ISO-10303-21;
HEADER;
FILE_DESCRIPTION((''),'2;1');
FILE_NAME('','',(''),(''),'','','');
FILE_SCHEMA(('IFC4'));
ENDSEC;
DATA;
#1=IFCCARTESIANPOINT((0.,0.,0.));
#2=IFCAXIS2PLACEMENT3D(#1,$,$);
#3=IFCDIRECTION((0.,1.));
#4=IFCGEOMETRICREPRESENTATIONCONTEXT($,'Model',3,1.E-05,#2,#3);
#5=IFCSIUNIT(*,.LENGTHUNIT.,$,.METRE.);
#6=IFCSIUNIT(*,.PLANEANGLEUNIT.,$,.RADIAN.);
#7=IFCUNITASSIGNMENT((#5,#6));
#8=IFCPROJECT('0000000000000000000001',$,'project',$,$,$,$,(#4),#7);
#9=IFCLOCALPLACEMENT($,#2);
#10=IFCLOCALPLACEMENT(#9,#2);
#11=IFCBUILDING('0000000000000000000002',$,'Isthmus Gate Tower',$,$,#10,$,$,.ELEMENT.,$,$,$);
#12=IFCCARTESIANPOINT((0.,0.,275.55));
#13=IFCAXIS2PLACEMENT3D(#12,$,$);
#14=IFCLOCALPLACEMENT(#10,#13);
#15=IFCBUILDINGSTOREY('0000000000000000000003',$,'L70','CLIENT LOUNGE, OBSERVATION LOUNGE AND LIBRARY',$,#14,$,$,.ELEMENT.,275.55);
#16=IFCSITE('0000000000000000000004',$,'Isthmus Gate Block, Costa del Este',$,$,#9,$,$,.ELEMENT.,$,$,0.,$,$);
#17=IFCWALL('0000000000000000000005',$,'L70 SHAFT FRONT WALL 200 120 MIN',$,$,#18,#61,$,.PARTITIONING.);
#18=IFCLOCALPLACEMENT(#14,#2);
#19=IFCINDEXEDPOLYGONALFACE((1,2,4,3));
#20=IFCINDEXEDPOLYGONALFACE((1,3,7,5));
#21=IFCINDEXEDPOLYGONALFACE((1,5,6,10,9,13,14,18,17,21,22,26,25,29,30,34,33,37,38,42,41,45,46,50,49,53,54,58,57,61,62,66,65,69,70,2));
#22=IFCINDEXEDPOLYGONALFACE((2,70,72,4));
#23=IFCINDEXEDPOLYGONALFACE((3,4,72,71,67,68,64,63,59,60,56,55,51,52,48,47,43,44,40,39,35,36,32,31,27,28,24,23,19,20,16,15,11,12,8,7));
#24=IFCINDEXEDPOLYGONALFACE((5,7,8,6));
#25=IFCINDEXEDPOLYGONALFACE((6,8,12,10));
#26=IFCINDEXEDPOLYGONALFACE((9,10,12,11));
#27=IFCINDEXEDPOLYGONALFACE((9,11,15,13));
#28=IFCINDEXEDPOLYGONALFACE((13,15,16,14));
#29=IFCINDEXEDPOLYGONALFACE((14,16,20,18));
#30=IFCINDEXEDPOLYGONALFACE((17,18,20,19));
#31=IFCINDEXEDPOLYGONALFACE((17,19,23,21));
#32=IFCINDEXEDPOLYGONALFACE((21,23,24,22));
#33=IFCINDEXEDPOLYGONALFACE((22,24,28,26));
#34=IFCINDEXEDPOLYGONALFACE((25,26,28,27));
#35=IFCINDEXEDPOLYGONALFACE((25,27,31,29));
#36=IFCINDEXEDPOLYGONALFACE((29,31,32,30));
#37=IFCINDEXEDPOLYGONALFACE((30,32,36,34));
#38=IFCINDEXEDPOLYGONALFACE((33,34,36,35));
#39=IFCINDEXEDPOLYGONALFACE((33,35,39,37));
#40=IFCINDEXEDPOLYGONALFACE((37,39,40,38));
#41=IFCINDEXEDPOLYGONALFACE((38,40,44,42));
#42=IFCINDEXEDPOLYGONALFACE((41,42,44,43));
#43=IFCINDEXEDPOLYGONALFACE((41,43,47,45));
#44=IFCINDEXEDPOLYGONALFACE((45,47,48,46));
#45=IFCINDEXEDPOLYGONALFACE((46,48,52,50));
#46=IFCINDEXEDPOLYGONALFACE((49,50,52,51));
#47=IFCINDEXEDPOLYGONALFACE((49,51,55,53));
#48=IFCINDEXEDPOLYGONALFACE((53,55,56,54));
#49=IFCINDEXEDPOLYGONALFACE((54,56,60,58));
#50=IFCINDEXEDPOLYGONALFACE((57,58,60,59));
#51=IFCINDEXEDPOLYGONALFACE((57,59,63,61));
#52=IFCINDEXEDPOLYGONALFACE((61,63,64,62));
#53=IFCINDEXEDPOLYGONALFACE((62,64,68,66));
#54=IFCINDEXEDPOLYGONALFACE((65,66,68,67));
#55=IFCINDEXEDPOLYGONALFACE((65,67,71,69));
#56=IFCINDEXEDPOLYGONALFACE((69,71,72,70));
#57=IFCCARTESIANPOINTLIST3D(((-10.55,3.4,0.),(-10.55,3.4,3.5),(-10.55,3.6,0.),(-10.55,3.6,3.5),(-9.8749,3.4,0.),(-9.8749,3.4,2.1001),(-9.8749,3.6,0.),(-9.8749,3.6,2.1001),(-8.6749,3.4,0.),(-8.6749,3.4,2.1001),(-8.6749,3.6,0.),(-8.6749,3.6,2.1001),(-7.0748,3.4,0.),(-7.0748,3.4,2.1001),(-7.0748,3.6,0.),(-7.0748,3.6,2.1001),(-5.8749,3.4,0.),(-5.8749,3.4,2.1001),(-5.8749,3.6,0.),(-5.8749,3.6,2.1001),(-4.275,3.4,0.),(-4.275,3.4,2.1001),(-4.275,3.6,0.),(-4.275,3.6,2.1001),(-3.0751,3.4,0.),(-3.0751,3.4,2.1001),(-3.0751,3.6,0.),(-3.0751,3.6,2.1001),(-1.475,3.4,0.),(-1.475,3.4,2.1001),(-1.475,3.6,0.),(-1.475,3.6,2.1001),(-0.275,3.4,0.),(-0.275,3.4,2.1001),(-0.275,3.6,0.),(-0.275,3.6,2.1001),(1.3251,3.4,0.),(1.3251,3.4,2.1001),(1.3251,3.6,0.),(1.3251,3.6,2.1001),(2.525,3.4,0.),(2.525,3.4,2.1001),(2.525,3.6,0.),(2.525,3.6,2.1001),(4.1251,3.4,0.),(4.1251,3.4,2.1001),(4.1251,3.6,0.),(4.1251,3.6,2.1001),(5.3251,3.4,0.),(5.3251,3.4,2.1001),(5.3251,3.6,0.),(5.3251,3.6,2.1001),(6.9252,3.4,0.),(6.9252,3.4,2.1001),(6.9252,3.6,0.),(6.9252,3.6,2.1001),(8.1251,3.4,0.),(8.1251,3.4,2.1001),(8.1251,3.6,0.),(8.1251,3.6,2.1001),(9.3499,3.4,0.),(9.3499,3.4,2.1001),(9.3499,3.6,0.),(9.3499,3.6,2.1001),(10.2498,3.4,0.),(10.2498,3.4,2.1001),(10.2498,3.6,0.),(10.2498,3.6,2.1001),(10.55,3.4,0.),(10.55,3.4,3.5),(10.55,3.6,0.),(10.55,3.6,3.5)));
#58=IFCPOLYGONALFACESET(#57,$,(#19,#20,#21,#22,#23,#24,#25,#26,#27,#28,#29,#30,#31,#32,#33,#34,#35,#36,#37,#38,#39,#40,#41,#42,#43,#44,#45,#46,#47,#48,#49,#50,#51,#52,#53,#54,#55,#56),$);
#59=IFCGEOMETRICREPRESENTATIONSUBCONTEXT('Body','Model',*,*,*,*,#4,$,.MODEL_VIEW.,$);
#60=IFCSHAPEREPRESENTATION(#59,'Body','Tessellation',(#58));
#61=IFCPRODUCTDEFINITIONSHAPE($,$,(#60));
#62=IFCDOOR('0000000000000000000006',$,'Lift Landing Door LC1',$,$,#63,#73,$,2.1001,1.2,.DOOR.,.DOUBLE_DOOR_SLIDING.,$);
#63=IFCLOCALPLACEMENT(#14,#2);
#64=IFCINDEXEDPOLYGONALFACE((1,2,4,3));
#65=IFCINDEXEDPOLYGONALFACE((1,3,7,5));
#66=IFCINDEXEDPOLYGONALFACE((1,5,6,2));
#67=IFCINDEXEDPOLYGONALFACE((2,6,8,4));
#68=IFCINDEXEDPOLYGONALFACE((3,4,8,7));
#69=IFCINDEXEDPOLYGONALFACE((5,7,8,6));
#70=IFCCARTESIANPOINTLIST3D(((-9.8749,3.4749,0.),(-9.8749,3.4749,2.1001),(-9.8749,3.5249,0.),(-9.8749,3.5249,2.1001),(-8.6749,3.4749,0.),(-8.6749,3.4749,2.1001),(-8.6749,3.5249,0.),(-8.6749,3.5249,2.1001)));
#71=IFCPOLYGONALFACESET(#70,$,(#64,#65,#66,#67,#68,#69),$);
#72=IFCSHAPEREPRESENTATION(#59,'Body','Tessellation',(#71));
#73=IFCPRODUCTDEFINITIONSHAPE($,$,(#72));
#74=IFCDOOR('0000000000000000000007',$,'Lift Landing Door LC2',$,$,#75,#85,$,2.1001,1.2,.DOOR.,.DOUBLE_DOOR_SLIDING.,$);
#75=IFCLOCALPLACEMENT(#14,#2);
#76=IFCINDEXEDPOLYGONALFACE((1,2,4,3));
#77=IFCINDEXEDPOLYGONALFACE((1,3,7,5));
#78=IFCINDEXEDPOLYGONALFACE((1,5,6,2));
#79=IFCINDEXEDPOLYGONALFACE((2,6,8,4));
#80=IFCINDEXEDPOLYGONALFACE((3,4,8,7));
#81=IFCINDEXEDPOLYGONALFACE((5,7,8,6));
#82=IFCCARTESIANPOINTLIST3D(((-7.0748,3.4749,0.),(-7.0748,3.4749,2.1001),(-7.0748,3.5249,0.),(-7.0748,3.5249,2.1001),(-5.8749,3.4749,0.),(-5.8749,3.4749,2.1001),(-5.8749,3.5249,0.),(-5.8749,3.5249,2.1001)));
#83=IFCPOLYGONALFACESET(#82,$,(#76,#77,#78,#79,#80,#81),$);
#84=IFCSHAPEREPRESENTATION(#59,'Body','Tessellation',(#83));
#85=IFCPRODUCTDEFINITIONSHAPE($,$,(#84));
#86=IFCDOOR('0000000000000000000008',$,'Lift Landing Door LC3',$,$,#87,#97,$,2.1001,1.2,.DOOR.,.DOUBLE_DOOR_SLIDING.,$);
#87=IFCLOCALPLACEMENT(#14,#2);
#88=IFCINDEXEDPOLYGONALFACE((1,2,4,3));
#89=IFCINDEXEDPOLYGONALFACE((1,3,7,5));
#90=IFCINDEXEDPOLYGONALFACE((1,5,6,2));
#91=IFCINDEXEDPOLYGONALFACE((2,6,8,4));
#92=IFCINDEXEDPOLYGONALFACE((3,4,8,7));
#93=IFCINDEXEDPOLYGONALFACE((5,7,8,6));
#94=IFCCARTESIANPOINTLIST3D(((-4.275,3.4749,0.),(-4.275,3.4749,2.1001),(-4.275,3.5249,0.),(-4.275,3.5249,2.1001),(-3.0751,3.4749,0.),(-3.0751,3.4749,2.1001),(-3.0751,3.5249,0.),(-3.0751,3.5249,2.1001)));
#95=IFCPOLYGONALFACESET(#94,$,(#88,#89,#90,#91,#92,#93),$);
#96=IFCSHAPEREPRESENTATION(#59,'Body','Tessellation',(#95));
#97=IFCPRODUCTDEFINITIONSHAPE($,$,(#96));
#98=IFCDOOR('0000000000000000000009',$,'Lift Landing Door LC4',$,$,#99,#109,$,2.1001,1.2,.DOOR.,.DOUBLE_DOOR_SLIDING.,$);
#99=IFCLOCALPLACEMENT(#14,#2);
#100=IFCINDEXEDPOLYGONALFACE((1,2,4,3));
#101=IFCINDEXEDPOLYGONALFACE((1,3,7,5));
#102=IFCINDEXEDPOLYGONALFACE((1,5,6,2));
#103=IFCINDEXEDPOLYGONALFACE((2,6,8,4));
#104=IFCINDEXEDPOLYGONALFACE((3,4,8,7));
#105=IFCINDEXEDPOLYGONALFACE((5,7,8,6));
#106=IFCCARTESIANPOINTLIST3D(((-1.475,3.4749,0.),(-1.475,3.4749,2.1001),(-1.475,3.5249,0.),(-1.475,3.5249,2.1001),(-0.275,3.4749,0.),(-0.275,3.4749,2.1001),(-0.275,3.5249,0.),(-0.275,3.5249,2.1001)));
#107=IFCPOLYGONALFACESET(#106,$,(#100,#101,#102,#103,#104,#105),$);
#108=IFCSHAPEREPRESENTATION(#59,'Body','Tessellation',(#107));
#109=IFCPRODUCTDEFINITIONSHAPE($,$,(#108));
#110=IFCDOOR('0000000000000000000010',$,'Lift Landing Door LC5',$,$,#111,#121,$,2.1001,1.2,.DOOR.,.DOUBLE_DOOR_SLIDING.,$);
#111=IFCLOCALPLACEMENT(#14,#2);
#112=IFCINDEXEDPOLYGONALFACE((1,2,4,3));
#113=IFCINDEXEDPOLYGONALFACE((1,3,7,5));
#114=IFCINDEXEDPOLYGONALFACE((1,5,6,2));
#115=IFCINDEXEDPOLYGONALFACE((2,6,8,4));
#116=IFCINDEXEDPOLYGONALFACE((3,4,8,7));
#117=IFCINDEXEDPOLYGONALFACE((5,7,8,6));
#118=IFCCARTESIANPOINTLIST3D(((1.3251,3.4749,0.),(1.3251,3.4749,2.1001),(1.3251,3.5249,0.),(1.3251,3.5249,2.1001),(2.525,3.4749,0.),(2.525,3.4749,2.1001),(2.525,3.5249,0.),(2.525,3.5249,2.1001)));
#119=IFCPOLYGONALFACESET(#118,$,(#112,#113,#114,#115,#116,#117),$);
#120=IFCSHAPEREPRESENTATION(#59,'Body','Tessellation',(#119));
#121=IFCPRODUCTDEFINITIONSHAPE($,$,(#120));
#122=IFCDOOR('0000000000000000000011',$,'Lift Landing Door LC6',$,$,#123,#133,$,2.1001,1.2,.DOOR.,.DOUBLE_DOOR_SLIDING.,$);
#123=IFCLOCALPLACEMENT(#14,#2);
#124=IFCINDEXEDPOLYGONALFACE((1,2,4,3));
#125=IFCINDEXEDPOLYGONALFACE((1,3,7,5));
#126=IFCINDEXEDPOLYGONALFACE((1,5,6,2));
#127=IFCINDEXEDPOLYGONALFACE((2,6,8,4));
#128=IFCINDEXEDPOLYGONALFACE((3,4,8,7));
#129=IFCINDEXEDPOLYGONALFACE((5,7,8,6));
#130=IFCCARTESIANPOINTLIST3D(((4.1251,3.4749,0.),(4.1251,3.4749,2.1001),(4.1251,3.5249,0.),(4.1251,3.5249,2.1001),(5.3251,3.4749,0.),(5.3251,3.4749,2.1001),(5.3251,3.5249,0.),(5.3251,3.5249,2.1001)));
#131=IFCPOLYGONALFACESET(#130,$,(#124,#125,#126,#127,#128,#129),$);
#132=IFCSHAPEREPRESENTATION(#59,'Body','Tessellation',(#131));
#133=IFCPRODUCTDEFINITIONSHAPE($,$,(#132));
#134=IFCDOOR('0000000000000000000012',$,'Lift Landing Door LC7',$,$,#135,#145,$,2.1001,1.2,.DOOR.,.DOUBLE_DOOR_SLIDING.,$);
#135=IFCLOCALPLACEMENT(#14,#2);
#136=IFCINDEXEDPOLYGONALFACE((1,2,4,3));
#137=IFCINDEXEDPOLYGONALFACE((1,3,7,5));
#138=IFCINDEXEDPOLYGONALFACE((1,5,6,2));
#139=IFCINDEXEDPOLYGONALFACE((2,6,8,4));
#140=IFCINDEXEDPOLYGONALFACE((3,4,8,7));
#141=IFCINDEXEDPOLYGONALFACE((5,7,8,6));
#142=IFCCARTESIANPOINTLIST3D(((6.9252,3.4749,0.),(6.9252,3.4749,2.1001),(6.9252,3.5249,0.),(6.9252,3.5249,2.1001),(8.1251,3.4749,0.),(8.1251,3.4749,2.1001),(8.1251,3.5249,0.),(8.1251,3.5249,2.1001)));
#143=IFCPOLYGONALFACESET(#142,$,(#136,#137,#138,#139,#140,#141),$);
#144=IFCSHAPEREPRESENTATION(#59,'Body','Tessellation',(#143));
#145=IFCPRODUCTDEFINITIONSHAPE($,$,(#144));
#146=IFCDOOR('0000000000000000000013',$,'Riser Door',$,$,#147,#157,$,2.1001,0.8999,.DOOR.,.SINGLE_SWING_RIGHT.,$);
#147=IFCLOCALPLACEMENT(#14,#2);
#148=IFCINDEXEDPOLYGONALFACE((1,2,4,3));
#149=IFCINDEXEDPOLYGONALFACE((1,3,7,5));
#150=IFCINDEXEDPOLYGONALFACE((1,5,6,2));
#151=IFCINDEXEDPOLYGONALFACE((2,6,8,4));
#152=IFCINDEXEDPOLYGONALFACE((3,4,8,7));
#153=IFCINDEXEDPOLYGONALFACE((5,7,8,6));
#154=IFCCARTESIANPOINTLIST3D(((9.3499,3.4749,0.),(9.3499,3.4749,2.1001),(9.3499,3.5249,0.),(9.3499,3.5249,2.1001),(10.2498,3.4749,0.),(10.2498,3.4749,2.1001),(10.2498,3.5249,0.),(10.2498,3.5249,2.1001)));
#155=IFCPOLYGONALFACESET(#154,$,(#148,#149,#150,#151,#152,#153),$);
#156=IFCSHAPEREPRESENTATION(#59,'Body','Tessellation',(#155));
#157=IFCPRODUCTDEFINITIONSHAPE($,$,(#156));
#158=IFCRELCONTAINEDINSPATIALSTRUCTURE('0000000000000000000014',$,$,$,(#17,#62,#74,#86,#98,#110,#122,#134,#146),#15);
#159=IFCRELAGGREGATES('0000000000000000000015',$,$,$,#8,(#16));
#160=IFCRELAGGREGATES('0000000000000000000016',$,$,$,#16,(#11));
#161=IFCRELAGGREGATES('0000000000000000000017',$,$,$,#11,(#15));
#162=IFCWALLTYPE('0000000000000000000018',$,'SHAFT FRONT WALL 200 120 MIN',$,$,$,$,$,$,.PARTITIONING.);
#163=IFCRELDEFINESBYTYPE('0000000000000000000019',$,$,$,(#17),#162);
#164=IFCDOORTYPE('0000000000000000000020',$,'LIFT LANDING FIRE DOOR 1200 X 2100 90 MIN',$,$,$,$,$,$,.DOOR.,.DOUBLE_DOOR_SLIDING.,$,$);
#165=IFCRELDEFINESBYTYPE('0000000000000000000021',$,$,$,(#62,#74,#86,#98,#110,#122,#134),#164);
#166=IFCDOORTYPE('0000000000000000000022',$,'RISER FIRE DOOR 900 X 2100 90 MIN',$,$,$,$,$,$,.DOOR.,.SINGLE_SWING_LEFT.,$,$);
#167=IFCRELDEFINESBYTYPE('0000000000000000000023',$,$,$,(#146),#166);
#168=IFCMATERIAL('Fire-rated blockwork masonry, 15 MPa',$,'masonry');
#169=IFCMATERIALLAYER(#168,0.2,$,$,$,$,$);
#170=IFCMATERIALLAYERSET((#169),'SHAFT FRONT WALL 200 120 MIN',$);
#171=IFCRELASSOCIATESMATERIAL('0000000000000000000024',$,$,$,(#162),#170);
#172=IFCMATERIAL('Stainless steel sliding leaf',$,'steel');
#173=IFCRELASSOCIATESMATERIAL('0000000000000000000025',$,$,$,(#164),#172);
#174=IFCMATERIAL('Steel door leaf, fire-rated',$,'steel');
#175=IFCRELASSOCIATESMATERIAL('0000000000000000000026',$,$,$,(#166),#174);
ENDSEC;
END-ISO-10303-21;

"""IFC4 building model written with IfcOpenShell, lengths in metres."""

from ifc_helpers import new_model, si_unit, direction, frame, frame_2d, origin, place, context, subcontext, project, spatial, rectangle, extrude, material, layer, layer_set, type_object, element, fill, save


model = new_model("IFC4")

# Units and contexts
model_context = context("Model", 3, precision=1e-05, world=origin(), true_north=direction((0.0, 1.0)))
body_context = subcontext(model_context, "Body", "Model", "MODEL_VIEW")
ifc_project = project(units=[si_unit("LENGTHUNIT", "METRE"), si_unit("PLANEANGLEUNIT", "RADIAN")], contexts=[model_context])

# Site, building, storey
site_placement = place(None, origin())
site = spatial("IfcSite", under=ifc_project, at=site_placement, Name="Isthmus Gate Block, Costa del Este", CompositionType="ELEMENT", RefElevation=0.0)
building_placement = place(site_placement, origin())
building = spatial("IfcBuilding", under=site, at=building_placement, Name="Isthmus Gate Tower", CompositionType="ELEMENT")
storey_placement = place(building_placement, frame((0.0, 0.0, 275.55)))
storey = spatial("IfcBuildingStorey", under=building, at=storey_placement, Name="L70", Description="CLIENT LOUNGE, OBSERVATION LOUNGE AND LIBRARY", CompositionType="ELEMENT", Elevation=275.55)

# Wall, openings, doors
ifc_material_1 = material(Name="Fire-rated blockwork masonry, 15 MPa", Category="masonry")
ifc_layer_1 = layer(ifc_material_1, 0.2)
ifc_layer_set_1 = layer_set([ifc_layer_1], Name="SHAFT FRONT WALL 200 120 MIN")
wall_type_1 = type_object("IfcWallType", Name="SHAFT FRONT WALL 200 120 MIN", PredefinedType="PARTITIONING", material=ifc_layer_set_1)
wall_1_placement = place(storey_placement, frame((-10.55, 3.5, 0.0), z_axis=(0.0, 0.0, 1.0), x_axis=(1.0, 0.0, 0.0)))
wall_1 = element("IfcWall", 1, at=wall_1_placement, inside=storey, type_object=wall_type_1, Name="L70 SHAFT FRONT WALL 200 120 MIN", PredefinedType="PARTITIONING", context=body_context, shape_type="SweptSolid", body=[
    extrude(rectangle(XDim=21.1001, YDim=0.2, at=frame_2d((10.55, 0.0))), origin(), (0.0, 0.0, 1.0), 3.5),
])
opening_1_placement = place(wall_1_placement, frame((0.675, 0.0, 0.0)))
opening_1 = element("IfcOpeningElement", 2, at=opening_1_placement, cuts=wall_1, PredefinedType="OPENING", context=body_context, shape_type="SweptSolid", body=[
    extrude(rectangle(XDim=1.2, YDim=2.1001, at=frame_2d((0.6001, 1.05))), frame((0.0, 0.1099, 0.0), z_axis=(0.0, -1.0, 0.0), x_axis=(1.0, 0.0, 0.0)), (0.0, 0.0, 1.0), 0.22),
])
opening_2_placement = place(wall_1_placement, frame((3.4751, 0.0, 0.0)))
opening_2 = element("IfcOpeningElement", 3, at=opening_2_placement, cuts=wall_1, PredefinedType="OPENING", context=body_context, shape_type="SweptSolid", body=[
    extrude(rectangle(XDim=1.2, YDim=2.1001, at=frame_2d((0.6001, 1.05))), frame((0.0, 0.1099, 0.0), z_axis=(0.0, -1.0, 0.0), x_axis=(1.0, 0.0, 0.0)), (0.0, 0.0, 1.0), 0.22),
])
opening_3_placement = place(wall_1_placement, frame((6.2749, 0.0, 0.0)))
opening_3 = element("IfcOpeningElement", 4, at=opening_3_placement, cuts=wall_1, PredefinedType="OPENING", context=body_context, shape_type="SweptSolid", body=[
    extrude(rectangle(XDim=1.2, YDim=2.1001, at=frame_2d((0.6001, 1.05))), frame((0.0, 0.1099, 0.0), z_axis=(0.0, -1.0, 0.0), x_axis=(1.0, 0.0, 0.0)), (0.0, 0.0, 1.0), 0.22),
])
opening_4_placement = place(wall_1_placement, frame((9.075, 0.0, 0.0)))
opening_4 = element("IfcOpeningElement", 5, at=opening_4_placement, cuts=wall_1, PredefinedType="OPENING", context=body_context, shape_type="SweptSolid", body=[
    extrude(rectangle(XDim=1.2, YDim=2.1001, at=frame_2d((0.6001, 1.05))), frame((0.0, 0.1099, 0.0), z_axis=(0.0, -1.0, 0.0), x_axis=(1.0, 0.0, 0.0)), (0.0, 0.0, 1.0), 0.22),
])
opening_5_placement = place(wall_1_placement, frame((11.875, 0.0, 0.0)))
opening_5 = element("IfcOpeningElement", 6, at=opening_5_placement, cuts=wall_1, PredefinedType="OPENING", context=body_context, shape_type="SweptSolid", body=[
    extrude(rectangle(XDim=1.2, YDim=2.1001, at=frame_2d((0.6001, 1.05))), frame((0.0, 0.1099, 0.0), z_axis=(0.0, -1.0, 0.0), x_axis=(1.0, 0.0, 0.0)), (0.0, 0.0, 1.0), 0.22),
])
opening_6_placement = place(wall_1_placement, frame((14.675, 0.0, 0.0)))
opening_6 = element("IfcOpeningElement", 7, at=opening_6_placement, cuts=wall_1, PredefinedType="OPENING", context=body_context, shape_type="SweptSolid", body=[
    extrude(rectangle(XDim=1.2, YDim=2.1001, at=frame_2d((0.6001, 1.05))), frame((0.0, 0.1099, 0.0), z_axis=(0.0, -1.0, 0.0), x_axis=(1.0, 0.0, 0.0)), (0.0, 0.0, 1.0), 0.22),
])
opening_7_placement = place(wall_1_placement, frame((17.4751, 0.0, 0.0)))
opening_7 = element("IfcOpeningElement", 8, at=opening_7_placement, cuts=wall_1, PredefinedType="OPENING", context=body_context, shape_type="SweptSolid", body=[
    extrude(rectangle(XDim=1.2, YDim=2.1001, at=frame_2d((0.6001, 1.05))), frame((0.0, 0.1099, 0.0), z_axis=(0.0, -1.0, 0.0), x_axis=(1.0, 0.0, 0.0)), (0.0, 0.0, 1.0), 0.22),
])
opening_8_placement = place(wall_1_placement, frame((19.8999, 0.0, 0.0)))
opening_8 = element("IfcOpeningElement", 9, at=opening_8_placement, cuts=wall_1, PredefinedType="OPENING", context=body_context, shape_type="SweptSolid", body=[
    extrude(rectangle(XDim=0.8999, YDim=2.1001, at=frame_2d((0.45, 1.05))), frame((0.0, 0.1099, 0.0), z_axis=(0.0, -1.0, 0.0), x_axis=(1.0, 0.0, 0.0)), (0.0, 0.0, 1.0), 0.22),
])
ifc_material_2 = material(Name="Stainless steel sliding leaf", Category="steel")
door_type_1 = type_object("IfcDoorType", Name="LIFT LANDING FIRE DOOR 1200 X 2100 90 MIN", OperationType="DOUBLE_DOOR_SLIDING", PredefinedType="DOOR", material=ifc_material_2)
door_1_placement = place(opening_1_placement, origin())
door_1 = element("IfcDoor", 10, at=door_1_placement, inside=storey, type_object=door_type_1, Name="Lift Landing Door LC1", OperationType="DOUBLE_DOOR_SLIDING", OverallHeight=2.1001, OverallWidth=1.2, PredefinedType="DOOR", context=body_context, shape_type="SweptSolid", body=[
    extrude(rectangle(XDim=1.2, YDim=2.1001, at=frame_2d((0.6001, 1.05))), frame((0.0, 0.0249, 0.0), z_axis=(0.0, -1.0, 0.0), x_axis=(1.0, 0.0, 0.0)), (0.0, 0.0, 1.0), 0.05),
])
fill(opening_1, door_1)
door_2_placement = place(opening_2_placement, origin())
door_2 = element("IfcDoor", 11, at=door_2_placement, inside=storey, type_object=door_type_1, Name="Lift Landing Door LC2", OperationType="DOUBLE_DOOR_SLIDING", OverallHeight=2.1001, OverallWidth=1.2, PredefinedType="DOOR", context=body_context, shape_type="SweptSolid", body=[
    extrude(rectangle(XDim=1.2, YDim=2.1001, at=frame_2d((0.6001, 1.05))), frame((0.0, 0.0249, 0.0), z_axis=(0.0, -1.0, 0.0), x_axis=(1.0, 0.0, 0.0)), (0.0, 0.0, 1.0), 0.05),
])
fill(opening_2, door_2)
door_3_placement = place(opening_3_placement, origin())
door_3 = element("IfcDoor", 12, at=door_3_placement, inside=storey, type_object=door_type_1, Name="Lift Landing Door LC3", OperationType="DOUBLE_DOOR_SLIDING", OverallHeight=2.1001, OverallWidth=1.2, PredefinedType="DOOR", context=body_context, shape_type="SweptSolid", body=[
    extrude(rectangle(XDim=1.2, YDim=2.1001, at=frame_2d((0.6001, 1.05))), frame((0.0, 0.0249, 0.0), z_axis=(0.0, -1.0, 0.0), x_axis=(1.0, 0.0, 0.0)), (0.0, 0.0, 1.0), 0.05),
])
fill(opening_3, door_3)
door_4_placement = place(opening_4_placement, origin())
door_4 = element("IfcDoor", 13, at=door_4_placement, inside=storey, type_object=door_type_1, Name="Lift Landing Door LC4", OperationType="DOUBLE_DOOR_SLIDING", OverallHeight=2.1001, OverallWidth=1.2, PredefinedType="DOOR", context=body_context, shape_type="SweptSolid", body=[
    extrude(rectangle(XDim=1.2, YDim=2.1001, at=frame_2d((0.6001, 1.05))), frame((0.0, 0.0249, 0.0), z_axis=(0.0, -1.0, 0.0), x_axis=(1.0, 0.0, 0.0)), (0.0, 0.0, 1.0), 0.05),
])
fill(opening_4, door_4)
door_5_placement = place(opening_5_placement, origin())
door_5 = element("IfcDoor", 14, at=door_5_placement, inside=storey, type_object=door_type_1, Name="Lift Landing Door LC5", OperationType="DOUBLE_DOOR_SLIDING", OverallHeight=2.1001, OverallWidth=1.2, PredefinedType="DOOR", context=body_context, shape_type="SweptSolid", body=[
    extrude(rectangle(XDim=1.2, YDim=2.1001, at=frame_2d((0.6001, 1.05))), frame((0.0, 0.0249, 0.0), z_axis=(0.0, -1.0, 0.0), x_axis=(1.0, 0.0, 0.0)), (0.0, 0.0, 1.0), 0.05),
])
fill(opening_5, door_5)
door_6_placement = place(opening_6_placement, origin())
door_6 = element("IfcDoor", 15, at=door_6_placement, inside=storey, type_object=door_type_1, Name="Lift Landing Door LC6", OperationType="DOUBLE_DOOR_SLIDING", OverallHeight=2.1001, OverallWidth=1.2, PredefinedType="DOOR", context=body_context, shape_type="SweptSolid", body=[
    extrude(rectangle(XDim=1.2, YDim=2.1001, at=frame_2d((0.6001, 1.05))), frame((0.0, 0.0249, 0.0), z_axis=(0.0, -1.0, 0.0), x_axis=(1.0, 0.0, 0.0)), (0.0, 0.0, 1.0), 0.05),
])
fill(opening_6, door_6)
door_7_placement = place(opening_7_placement, origin())
door_7 = element("IfcDoor", 16, at=door_7_placement, inside=storey, type_object=door_type_1, Name="Lift Landing Door LC7", OperationType="DOUBLE_DOOR_SLIDING", OverallHeight=2.1001, OverallWidth=1.2, PredefinedType="DOOR", context=body_context, shape_type="SweptSolid", body=[
    extrude(rectangle(XDim=1.2, YDim=2.1001, at=frame_2d((0.6001, 1.05))), frame((0.0, 0.0249, 0.0), z_axis=(0.0, -1.0, 0.0), x_axis=(1.0, 0.0, 0.0)), (0.0, 0.0, 1.0), 0.05),
])
fill(opening_7, door_7)
ifc_material_3 = material(Name="Steel door leaf, fire-rated", Category="steel")
door_type_2 = type_object("IfcDoorType", Name="RISER FIRE DOOR 900 X 2100 90 MIN", OperationType="SINGLE_SWING_LEFT", PredefinedType="DOOR", material=ifc_material_3)
door_8_placement = place(opening_8_placement, origin())
door_8 = element("IfcDoor", 17, at=door_8_placement, inside=storey, type_object=door_type_2, Name="Riser Door", OperationType="SINGLE_SWING_RIGHT", OverallHeight=2.1001, OverallWidth=0.8999, PredefinedType="DOOR", context=body_context, shape_type="SweptSolid", body=[
    extrude(rectangle(XDim=0.8999, YDim=2.1001, at=frame_2d((0.45, 1.05))), frame((0.0, 0.0249, 0.0), z_axis=(0.0, -1.0, 0.0), x_axis=(1.0, 0.0, 0.0)), (0.0, 0.0, 1.0), 0.05),
])
fill(opening_8, door_8)

save(model, "model.ifc")
